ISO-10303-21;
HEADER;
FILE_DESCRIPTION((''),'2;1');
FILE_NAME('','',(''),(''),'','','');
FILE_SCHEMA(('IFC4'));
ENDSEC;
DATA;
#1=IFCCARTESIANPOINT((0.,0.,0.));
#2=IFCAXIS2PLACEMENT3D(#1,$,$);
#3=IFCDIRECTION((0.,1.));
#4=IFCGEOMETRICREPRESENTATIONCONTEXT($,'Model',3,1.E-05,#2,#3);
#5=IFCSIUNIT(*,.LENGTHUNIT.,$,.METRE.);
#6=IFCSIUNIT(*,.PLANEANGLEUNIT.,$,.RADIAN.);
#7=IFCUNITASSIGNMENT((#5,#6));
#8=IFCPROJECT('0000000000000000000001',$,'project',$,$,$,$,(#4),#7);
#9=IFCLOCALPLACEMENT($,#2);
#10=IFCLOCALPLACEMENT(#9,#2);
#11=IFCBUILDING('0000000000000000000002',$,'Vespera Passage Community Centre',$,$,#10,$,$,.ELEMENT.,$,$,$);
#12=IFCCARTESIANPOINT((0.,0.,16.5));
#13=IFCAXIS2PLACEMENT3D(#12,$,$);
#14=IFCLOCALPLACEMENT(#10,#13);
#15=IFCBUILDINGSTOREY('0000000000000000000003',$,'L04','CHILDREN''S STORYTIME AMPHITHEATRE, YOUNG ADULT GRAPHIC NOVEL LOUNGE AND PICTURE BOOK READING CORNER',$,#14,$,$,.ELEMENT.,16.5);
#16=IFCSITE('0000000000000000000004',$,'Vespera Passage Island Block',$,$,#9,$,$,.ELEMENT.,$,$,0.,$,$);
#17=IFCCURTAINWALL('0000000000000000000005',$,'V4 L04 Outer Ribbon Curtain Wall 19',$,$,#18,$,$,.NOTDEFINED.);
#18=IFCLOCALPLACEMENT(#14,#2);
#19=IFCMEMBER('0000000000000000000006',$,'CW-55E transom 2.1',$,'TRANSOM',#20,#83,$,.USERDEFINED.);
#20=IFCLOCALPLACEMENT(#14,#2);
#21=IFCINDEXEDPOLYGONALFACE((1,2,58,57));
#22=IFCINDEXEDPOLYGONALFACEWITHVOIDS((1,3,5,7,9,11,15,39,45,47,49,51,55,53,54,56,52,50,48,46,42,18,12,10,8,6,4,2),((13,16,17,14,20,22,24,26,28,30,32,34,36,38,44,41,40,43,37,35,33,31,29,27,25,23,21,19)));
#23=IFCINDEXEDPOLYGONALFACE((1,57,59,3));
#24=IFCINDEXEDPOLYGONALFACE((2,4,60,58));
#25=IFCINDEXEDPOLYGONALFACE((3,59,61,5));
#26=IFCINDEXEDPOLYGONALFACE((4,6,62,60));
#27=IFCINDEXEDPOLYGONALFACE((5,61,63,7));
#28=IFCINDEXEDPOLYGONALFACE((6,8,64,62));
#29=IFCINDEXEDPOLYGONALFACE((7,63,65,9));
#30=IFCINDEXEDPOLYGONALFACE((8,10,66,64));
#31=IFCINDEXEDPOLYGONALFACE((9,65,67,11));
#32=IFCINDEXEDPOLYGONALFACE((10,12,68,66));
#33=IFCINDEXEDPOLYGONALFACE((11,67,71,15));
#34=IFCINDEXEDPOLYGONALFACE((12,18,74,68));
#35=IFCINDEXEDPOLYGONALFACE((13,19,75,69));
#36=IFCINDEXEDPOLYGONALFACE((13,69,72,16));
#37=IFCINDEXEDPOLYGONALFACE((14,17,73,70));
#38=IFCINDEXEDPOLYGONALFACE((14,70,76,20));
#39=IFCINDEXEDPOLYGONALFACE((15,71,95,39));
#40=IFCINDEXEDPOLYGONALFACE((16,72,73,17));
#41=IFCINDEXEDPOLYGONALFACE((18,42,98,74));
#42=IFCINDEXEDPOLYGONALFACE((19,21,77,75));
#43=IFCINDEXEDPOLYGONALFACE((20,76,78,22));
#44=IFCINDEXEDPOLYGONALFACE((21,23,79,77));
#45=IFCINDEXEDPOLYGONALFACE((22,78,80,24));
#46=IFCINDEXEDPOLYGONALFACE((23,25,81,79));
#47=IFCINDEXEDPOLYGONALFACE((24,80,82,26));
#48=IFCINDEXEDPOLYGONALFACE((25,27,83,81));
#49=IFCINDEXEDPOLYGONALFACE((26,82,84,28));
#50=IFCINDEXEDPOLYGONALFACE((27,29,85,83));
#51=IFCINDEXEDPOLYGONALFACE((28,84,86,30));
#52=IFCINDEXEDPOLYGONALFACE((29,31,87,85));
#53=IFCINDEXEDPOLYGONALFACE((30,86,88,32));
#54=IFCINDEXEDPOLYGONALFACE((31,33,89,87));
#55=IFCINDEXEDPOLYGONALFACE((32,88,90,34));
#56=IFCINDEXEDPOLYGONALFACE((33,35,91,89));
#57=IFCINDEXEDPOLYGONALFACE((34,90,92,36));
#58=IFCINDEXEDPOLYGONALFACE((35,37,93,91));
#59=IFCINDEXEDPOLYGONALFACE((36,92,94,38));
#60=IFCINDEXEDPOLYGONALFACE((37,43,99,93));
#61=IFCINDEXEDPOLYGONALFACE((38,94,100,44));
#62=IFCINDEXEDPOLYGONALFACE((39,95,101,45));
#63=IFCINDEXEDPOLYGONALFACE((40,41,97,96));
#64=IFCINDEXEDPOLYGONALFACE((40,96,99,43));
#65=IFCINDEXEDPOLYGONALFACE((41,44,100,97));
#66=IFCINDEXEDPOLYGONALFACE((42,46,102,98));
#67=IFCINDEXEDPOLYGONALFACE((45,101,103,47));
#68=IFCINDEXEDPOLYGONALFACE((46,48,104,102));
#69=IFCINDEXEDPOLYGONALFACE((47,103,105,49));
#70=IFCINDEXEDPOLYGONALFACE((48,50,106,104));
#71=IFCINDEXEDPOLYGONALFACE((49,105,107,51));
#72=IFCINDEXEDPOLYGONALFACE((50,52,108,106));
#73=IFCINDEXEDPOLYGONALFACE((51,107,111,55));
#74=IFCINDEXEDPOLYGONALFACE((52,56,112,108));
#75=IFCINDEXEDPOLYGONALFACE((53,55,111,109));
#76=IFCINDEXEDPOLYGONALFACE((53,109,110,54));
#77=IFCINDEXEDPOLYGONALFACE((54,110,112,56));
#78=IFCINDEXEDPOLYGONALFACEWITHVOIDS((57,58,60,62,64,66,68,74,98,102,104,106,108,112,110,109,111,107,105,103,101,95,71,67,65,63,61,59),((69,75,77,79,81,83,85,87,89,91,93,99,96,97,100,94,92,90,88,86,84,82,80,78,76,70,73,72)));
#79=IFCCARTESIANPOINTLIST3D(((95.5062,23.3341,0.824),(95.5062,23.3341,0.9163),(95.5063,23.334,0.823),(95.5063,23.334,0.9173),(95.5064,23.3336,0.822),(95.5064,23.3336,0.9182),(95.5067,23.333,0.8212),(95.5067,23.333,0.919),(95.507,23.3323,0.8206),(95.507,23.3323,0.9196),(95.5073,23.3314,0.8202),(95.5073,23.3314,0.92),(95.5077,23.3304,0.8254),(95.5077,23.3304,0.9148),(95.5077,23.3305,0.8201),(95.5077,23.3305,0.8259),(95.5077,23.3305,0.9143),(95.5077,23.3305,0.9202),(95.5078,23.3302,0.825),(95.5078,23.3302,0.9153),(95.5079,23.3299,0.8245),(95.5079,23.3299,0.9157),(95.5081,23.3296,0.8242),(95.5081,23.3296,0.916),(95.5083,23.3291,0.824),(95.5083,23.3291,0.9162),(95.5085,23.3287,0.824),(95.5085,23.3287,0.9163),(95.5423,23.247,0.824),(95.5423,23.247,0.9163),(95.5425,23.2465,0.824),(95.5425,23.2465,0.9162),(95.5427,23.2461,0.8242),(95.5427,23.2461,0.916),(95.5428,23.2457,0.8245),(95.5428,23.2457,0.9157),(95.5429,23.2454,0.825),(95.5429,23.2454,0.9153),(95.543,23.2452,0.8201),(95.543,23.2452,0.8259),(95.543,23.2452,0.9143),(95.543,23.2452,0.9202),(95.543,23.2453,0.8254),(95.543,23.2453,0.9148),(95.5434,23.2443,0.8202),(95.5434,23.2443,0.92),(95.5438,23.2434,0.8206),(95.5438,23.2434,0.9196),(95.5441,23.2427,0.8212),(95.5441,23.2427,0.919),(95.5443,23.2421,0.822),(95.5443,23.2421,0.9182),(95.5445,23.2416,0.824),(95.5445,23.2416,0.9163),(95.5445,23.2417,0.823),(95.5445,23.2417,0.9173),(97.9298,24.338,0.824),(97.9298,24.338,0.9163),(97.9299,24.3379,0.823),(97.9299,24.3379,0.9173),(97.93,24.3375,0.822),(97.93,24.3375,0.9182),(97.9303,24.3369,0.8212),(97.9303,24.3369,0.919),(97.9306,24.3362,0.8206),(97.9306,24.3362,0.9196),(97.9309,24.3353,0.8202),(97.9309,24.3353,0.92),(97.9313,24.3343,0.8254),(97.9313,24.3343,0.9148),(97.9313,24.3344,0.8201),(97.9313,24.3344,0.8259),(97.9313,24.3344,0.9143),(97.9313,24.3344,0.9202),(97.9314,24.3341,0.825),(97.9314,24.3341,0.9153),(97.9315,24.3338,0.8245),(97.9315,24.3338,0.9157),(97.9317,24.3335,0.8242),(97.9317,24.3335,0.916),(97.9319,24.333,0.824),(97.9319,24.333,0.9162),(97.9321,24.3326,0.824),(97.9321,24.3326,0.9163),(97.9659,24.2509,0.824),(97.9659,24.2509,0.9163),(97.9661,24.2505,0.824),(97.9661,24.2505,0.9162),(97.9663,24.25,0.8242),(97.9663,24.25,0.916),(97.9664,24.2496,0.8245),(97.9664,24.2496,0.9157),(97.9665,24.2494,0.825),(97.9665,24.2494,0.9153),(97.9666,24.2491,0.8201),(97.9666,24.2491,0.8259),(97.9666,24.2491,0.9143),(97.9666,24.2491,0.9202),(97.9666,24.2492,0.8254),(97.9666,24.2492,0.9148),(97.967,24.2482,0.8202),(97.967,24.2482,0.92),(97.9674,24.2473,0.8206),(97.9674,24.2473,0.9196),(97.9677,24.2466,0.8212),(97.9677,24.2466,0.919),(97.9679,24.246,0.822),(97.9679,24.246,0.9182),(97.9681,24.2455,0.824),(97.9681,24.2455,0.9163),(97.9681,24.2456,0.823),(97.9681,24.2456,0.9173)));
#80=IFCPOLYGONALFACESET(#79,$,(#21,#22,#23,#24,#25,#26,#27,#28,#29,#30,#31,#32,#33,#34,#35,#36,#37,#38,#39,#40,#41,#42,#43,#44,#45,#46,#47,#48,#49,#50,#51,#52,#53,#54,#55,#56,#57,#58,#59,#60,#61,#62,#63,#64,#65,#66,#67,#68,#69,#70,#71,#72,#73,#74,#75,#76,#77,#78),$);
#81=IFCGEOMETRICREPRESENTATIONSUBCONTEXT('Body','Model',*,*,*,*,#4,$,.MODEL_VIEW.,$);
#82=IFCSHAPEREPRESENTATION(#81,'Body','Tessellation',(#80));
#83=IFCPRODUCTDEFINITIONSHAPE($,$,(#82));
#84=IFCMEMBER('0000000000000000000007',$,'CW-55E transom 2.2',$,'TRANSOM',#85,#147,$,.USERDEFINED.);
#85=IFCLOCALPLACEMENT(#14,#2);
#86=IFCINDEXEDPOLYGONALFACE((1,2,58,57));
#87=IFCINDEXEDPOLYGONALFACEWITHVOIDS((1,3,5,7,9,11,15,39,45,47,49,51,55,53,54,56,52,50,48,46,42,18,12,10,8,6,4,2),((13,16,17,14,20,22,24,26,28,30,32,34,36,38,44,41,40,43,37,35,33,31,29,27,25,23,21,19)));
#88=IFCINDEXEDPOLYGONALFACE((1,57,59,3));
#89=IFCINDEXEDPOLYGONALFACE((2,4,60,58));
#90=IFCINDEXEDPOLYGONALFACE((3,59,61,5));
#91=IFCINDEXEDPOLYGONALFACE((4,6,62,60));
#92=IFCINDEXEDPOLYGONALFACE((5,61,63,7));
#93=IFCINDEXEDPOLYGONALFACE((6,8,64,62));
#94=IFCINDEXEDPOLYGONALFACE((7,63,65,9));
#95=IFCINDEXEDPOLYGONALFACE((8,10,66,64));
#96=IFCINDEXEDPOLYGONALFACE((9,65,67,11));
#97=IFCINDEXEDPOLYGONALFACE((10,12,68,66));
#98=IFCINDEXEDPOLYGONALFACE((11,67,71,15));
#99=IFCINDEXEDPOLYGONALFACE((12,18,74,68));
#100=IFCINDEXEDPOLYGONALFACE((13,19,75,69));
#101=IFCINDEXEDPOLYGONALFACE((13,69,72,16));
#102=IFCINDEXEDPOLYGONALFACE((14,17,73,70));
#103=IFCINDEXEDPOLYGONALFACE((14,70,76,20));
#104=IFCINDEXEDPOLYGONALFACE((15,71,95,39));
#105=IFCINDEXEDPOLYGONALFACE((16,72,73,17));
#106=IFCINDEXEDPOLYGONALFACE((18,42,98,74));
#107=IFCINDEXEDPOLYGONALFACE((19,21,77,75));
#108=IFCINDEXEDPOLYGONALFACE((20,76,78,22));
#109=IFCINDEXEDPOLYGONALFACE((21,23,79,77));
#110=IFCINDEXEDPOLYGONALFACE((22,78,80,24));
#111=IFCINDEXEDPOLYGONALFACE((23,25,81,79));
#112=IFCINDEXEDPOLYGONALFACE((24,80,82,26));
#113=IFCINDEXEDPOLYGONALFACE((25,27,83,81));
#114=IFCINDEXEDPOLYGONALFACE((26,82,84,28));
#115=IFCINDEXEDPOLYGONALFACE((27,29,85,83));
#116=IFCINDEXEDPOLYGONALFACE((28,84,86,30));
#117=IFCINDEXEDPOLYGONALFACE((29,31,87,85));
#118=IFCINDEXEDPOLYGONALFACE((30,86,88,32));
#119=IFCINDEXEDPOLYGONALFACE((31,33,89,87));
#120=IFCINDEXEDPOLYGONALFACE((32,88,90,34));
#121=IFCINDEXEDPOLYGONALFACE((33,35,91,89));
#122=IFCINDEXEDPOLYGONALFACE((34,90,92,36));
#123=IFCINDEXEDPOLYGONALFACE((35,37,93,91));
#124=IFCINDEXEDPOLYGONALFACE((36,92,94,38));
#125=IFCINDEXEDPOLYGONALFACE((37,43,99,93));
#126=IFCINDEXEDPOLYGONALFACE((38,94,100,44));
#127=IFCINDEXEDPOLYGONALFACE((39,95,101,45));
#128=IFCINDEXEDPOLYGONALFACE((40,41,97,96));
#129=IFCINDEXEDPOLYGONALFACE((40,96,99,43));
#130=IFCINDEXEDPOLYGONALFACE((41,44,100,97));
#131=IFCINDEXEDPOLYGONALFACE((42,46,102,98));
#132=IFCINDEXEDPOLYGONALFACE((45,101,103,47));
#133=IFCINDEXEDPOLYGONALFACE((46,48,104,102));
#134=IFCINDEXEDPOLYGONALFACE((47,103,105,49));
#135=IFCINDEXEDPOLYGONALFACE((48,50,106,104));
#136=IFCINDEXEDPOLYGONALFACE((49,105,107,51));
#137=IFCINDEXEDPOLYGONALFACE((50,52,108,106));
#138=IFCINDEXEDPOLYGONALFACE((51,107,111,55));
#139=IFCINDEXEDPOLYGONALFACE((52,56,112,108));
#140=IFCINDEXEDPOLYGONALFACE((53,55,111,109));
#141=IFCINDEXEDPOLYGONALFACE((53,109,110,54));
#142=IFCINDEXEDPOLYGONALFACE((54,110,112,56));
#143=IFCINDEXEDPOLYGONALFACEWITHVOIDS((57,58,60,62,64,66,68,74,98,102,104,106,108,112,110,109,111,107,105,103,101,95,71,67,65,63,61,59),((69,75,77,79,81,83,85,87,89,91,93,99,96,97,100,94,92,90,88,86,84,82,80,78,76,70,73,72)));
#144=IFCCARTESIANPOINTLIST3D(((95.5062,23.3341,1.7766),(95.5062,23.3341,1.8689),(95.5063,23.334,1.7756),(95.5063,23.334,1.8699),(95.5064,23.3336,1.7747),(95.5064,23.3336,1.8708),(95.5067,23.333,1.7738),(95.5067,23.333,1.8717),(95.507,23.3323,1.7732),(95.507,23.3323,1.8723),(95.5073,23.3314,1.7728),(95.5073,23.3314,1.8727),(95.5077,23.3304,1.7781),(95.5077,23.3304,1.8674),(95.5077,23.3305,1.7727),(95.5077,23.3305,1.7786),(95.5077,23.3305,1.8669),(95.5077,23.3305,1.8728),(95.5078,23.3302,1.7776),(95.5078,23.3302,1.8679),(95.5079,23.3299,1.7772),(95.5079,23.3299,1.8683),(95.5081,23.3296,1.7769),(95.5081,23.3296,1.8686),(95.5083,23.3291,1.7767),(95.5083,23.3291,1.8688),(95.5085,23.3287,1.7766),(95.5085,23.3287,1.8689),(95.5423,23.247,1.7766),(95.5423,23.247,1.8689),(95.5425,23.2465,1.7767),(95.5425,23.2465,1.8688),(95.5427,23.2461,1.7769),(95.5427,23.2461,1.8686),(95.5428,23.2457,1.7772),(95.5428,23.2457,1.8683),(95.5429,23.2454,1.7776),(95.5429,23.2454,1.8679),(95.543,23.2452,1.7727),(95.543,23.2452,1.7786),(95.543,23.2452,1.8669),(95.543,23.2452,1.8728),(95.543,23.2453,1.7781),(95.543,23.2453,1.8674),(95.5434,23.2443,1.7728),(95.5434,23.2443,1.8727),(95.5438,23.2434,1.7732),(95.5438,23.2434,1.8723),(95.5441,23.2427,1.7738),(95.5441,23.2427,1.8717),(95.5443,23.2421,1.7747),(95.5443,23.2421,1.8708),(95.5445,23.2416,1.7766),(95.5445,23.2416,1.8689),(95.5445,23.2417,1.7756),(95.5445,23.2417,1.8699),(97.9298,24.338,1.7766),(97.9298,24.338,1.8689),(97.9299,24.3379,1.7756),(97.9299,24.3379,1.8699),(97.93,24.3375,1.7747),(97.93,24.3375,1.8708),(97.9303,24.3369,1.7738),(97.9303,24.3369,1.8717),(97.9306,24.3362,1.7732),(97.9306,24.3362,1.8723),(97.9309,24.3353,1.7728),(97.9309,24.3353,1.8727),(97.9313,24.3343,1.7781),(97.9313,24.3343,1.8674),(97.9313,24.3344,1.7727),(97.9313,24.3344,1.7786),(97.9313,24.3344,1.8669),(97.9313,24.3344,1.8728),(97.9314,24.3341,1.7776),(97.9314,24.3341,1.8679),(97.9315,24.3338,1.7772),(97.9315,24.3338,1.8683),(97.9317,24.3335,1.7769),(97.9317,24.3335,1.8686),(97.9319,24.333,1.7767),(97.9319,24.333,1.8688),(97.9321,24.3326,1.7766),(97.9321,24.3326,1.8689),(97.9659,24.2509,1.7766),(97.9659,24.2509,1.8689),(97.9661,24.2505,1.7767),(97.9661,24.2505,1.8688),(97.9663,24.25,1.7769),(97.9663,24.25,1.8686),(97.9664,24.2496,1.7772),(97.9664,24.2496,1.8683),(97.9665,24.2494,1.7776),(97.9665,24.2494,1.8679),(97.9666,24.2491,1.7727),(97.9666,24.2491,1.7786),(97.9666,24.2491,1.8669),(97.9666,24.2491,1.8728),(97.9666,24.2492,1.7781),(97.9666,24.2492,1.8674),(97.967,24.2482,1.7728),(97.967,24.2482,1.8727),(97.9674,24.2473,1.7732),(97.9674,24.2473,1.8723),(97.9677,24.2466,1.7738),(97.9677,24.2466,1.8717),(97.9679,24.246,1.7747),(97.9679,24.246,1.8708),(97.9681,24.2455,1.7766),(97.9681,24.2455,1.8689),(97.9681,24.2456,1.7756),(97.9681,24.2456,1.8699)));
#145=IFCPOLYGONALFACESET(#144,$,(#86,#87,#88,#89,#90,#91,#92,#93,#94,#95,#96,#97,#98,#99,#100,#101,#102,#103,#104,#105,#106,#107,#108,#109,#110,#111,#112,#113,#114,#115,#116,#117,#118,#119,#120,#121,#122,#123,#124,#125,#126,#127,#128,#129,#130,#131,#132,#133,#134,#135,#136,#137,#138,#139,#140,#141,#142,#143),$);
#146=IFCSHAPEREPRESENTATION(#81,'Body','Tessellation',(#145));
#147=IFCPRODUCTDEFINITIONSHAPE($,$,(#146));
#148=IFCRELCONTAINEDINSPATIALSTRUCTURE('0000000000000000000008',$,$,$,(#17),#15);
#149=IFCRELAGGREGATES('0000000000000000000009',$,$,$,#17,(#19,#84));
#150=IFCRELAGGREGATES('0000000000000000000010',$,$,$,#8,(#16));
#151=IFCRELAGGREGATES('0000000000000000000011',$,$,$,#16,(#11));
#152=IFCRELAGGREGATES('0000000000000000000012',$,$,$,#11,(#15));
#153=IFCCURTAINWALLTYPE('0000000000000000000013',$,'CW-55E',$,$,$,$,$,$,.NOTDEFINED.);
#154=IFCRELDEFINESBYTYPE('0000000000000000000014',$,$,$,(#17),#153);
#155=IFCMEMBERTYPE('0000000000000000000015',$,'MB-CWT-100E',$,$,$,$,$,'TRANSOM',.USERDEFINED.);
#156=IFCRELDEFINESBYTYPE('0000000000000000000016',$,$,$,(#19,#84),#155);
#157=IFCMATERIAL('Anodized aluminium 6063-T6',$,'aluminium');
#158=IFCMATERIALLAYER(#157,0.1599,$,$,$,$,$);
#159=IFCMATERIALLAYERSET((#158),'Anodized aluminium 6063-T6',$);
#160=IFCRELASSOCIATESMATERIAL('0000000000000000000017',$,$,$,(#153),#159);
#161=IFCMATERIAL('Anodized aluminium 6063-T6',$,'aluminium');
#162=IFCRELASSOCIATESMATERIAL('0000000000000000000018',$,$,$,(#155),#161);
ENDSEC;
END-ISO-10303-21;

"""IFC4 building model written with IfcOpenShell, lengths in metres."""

from ifc_helpers import new_model, si_unit, direction, frame, origin, origin_2d, place, context, subcontext, project, spatial, hollow_rectangle, extrude, material, layer, layer_set, material_profile, profile_set, type_object, element, aggregate, save


model = new_model("IFC4")

# Units and contexts
model_context = context("Model", 3, precision=1e-05, world=origin(), true_north=direction((0.0, 1.0)))
body_context = subcontext(model_context, "Body", "Model", "MODEL_VIEW")
ifc_project = project(units=[si_unit("LENGTHUNIT", "METRE"), si_unit("PLANEANGLEUNIT", "RADIAN")], contexts=[model_context])

# Site, building, storey
site_placement = place(None, origin())
site = spatial("IfcSite", under=ifc_project, at=site_placement, Name="Vespera Passage Island Block", CompositionType="ELEMENT", RefElevation=0.0)
building_placement = place(site_placement, origin())
building = spatial("IfcBuilding", under=site, at=building_placement, Name="Vespera Passage Community Centre", CompositionType="ELEMENT")
storey_placement = place(building_placement, frame((0.0, 0.0, 16.5)))
storey = spatial("IfcBuildingStorey", under=building, at=storey_placement, Name="L04", Description="CHILDREN'S STORYTIME AMPHITHEATRE, YOUNG ADULT GRAPHIC NOVEL LOUNGE AND PICTURE BOOK READING CORNER", CompositionType="ELEMENT", Elevation=16.5)

# Curtain wall
ifc_material_1 = material(Name="Anodized aluminium 6063-T6", Category="aluminium")
ifc_layer_1 = layer(ifc_material_1, 0.1599)
ifc_layer_set_1 = layer_set([ifc_layer_1], Name="Anodized aluminium 6063-T6")
curtain_wall_type_1 = type_object("IfcCurtainWallType", Name="CW-55E", PredefinedType="NOTDEFINED", material=ifc_layer_set_1)
curtain_wall_1_placement = place(storey_placement, origin())
curtain_wall_1 = element("IfcCurtainWall", 1, at=curtain_wall_1_placement, inside=storey, type_object=curtain_wall_type_1, Name="V4 L04 Outer Ribbon Curtain Wall 19", PredefinedType="NOTDEFINED")

# Members
ifc_material_2 = material(Name="Anodized aluminium 6063-T6", Category="aluminium")
ifc_material_profile_1 = material_profile(ifc_material_2, hollow_rectangle(XDim=0.1001, YDim=0.1001, WallThickness=0.0039, InnerFilletRadius=0.002, OuterFilletRadius=0.0039, at=origin_2d()), Name="ALU100X100X4")
ifc_profile_set_1 = profile_set([ifc_material_profile_1], Name="Anodized aluminium 6063-T6")
member_type_1 = type_object("IfcMemberType", Name="MB-CWT-100E", ElementType="TRANSOM", PredefinedType="USERDEFINED", material=ifc_profile_set_1)
member_1_placement = place(storey_placement, frame((97.949, 24.2917, 0.8701), z_axis=(-0.923876, -0.382692, 0.0), x_axis=(0.382692, -0.923876, 0.0)))
member_1 = element("IfcMember", 2, at=member_1_placement, type_object=member_type_1, Name="CW-55E transom 2.1", ObjectType="TRANSOM", PredefinedType="USERDEFINED", context=body_context, shape_type="SweptSolid", body=[
    extrude(hollow_rectangle(XDim=0.1001, YDim=0.1001, WallThickness=0.0039, InnerFilletRadius=0.002, OuterFilletRadius=0.0039, at=origin_2d()), origin(), (0.0, 0.0, 1.0), 2.6233),
])
member_2_placement = place(storey_placement, frame((97.949, 24.2917, 1.8228), z_axis=(-0.923876, -0.382692, 0.0), x_axis=(0.382692, -0.923876, 0.0)))
member_2 = element("IfcMember", 3, at=member_2_placement, type_object=member_type_1, Name="CW-55E transom 2.2", ObjectType="TRANSOM", PredefinedType="USERDEFINED", context=body_context, shape_type="SweptSolid", body=[
    extrude(hollow_rectangle(XDim=0.1001, YDim=0.1001, WallThickness=0.0039, InnerFilletRadius=0.002, OuterFilletRadius=0.0039, at=origin_2d()), origin(), (0.0, 0.0, 1.0), 2.6233),
])

aggregate(curtain_wall_1, [member_1, member_2])

save(model, "model.ifc")
